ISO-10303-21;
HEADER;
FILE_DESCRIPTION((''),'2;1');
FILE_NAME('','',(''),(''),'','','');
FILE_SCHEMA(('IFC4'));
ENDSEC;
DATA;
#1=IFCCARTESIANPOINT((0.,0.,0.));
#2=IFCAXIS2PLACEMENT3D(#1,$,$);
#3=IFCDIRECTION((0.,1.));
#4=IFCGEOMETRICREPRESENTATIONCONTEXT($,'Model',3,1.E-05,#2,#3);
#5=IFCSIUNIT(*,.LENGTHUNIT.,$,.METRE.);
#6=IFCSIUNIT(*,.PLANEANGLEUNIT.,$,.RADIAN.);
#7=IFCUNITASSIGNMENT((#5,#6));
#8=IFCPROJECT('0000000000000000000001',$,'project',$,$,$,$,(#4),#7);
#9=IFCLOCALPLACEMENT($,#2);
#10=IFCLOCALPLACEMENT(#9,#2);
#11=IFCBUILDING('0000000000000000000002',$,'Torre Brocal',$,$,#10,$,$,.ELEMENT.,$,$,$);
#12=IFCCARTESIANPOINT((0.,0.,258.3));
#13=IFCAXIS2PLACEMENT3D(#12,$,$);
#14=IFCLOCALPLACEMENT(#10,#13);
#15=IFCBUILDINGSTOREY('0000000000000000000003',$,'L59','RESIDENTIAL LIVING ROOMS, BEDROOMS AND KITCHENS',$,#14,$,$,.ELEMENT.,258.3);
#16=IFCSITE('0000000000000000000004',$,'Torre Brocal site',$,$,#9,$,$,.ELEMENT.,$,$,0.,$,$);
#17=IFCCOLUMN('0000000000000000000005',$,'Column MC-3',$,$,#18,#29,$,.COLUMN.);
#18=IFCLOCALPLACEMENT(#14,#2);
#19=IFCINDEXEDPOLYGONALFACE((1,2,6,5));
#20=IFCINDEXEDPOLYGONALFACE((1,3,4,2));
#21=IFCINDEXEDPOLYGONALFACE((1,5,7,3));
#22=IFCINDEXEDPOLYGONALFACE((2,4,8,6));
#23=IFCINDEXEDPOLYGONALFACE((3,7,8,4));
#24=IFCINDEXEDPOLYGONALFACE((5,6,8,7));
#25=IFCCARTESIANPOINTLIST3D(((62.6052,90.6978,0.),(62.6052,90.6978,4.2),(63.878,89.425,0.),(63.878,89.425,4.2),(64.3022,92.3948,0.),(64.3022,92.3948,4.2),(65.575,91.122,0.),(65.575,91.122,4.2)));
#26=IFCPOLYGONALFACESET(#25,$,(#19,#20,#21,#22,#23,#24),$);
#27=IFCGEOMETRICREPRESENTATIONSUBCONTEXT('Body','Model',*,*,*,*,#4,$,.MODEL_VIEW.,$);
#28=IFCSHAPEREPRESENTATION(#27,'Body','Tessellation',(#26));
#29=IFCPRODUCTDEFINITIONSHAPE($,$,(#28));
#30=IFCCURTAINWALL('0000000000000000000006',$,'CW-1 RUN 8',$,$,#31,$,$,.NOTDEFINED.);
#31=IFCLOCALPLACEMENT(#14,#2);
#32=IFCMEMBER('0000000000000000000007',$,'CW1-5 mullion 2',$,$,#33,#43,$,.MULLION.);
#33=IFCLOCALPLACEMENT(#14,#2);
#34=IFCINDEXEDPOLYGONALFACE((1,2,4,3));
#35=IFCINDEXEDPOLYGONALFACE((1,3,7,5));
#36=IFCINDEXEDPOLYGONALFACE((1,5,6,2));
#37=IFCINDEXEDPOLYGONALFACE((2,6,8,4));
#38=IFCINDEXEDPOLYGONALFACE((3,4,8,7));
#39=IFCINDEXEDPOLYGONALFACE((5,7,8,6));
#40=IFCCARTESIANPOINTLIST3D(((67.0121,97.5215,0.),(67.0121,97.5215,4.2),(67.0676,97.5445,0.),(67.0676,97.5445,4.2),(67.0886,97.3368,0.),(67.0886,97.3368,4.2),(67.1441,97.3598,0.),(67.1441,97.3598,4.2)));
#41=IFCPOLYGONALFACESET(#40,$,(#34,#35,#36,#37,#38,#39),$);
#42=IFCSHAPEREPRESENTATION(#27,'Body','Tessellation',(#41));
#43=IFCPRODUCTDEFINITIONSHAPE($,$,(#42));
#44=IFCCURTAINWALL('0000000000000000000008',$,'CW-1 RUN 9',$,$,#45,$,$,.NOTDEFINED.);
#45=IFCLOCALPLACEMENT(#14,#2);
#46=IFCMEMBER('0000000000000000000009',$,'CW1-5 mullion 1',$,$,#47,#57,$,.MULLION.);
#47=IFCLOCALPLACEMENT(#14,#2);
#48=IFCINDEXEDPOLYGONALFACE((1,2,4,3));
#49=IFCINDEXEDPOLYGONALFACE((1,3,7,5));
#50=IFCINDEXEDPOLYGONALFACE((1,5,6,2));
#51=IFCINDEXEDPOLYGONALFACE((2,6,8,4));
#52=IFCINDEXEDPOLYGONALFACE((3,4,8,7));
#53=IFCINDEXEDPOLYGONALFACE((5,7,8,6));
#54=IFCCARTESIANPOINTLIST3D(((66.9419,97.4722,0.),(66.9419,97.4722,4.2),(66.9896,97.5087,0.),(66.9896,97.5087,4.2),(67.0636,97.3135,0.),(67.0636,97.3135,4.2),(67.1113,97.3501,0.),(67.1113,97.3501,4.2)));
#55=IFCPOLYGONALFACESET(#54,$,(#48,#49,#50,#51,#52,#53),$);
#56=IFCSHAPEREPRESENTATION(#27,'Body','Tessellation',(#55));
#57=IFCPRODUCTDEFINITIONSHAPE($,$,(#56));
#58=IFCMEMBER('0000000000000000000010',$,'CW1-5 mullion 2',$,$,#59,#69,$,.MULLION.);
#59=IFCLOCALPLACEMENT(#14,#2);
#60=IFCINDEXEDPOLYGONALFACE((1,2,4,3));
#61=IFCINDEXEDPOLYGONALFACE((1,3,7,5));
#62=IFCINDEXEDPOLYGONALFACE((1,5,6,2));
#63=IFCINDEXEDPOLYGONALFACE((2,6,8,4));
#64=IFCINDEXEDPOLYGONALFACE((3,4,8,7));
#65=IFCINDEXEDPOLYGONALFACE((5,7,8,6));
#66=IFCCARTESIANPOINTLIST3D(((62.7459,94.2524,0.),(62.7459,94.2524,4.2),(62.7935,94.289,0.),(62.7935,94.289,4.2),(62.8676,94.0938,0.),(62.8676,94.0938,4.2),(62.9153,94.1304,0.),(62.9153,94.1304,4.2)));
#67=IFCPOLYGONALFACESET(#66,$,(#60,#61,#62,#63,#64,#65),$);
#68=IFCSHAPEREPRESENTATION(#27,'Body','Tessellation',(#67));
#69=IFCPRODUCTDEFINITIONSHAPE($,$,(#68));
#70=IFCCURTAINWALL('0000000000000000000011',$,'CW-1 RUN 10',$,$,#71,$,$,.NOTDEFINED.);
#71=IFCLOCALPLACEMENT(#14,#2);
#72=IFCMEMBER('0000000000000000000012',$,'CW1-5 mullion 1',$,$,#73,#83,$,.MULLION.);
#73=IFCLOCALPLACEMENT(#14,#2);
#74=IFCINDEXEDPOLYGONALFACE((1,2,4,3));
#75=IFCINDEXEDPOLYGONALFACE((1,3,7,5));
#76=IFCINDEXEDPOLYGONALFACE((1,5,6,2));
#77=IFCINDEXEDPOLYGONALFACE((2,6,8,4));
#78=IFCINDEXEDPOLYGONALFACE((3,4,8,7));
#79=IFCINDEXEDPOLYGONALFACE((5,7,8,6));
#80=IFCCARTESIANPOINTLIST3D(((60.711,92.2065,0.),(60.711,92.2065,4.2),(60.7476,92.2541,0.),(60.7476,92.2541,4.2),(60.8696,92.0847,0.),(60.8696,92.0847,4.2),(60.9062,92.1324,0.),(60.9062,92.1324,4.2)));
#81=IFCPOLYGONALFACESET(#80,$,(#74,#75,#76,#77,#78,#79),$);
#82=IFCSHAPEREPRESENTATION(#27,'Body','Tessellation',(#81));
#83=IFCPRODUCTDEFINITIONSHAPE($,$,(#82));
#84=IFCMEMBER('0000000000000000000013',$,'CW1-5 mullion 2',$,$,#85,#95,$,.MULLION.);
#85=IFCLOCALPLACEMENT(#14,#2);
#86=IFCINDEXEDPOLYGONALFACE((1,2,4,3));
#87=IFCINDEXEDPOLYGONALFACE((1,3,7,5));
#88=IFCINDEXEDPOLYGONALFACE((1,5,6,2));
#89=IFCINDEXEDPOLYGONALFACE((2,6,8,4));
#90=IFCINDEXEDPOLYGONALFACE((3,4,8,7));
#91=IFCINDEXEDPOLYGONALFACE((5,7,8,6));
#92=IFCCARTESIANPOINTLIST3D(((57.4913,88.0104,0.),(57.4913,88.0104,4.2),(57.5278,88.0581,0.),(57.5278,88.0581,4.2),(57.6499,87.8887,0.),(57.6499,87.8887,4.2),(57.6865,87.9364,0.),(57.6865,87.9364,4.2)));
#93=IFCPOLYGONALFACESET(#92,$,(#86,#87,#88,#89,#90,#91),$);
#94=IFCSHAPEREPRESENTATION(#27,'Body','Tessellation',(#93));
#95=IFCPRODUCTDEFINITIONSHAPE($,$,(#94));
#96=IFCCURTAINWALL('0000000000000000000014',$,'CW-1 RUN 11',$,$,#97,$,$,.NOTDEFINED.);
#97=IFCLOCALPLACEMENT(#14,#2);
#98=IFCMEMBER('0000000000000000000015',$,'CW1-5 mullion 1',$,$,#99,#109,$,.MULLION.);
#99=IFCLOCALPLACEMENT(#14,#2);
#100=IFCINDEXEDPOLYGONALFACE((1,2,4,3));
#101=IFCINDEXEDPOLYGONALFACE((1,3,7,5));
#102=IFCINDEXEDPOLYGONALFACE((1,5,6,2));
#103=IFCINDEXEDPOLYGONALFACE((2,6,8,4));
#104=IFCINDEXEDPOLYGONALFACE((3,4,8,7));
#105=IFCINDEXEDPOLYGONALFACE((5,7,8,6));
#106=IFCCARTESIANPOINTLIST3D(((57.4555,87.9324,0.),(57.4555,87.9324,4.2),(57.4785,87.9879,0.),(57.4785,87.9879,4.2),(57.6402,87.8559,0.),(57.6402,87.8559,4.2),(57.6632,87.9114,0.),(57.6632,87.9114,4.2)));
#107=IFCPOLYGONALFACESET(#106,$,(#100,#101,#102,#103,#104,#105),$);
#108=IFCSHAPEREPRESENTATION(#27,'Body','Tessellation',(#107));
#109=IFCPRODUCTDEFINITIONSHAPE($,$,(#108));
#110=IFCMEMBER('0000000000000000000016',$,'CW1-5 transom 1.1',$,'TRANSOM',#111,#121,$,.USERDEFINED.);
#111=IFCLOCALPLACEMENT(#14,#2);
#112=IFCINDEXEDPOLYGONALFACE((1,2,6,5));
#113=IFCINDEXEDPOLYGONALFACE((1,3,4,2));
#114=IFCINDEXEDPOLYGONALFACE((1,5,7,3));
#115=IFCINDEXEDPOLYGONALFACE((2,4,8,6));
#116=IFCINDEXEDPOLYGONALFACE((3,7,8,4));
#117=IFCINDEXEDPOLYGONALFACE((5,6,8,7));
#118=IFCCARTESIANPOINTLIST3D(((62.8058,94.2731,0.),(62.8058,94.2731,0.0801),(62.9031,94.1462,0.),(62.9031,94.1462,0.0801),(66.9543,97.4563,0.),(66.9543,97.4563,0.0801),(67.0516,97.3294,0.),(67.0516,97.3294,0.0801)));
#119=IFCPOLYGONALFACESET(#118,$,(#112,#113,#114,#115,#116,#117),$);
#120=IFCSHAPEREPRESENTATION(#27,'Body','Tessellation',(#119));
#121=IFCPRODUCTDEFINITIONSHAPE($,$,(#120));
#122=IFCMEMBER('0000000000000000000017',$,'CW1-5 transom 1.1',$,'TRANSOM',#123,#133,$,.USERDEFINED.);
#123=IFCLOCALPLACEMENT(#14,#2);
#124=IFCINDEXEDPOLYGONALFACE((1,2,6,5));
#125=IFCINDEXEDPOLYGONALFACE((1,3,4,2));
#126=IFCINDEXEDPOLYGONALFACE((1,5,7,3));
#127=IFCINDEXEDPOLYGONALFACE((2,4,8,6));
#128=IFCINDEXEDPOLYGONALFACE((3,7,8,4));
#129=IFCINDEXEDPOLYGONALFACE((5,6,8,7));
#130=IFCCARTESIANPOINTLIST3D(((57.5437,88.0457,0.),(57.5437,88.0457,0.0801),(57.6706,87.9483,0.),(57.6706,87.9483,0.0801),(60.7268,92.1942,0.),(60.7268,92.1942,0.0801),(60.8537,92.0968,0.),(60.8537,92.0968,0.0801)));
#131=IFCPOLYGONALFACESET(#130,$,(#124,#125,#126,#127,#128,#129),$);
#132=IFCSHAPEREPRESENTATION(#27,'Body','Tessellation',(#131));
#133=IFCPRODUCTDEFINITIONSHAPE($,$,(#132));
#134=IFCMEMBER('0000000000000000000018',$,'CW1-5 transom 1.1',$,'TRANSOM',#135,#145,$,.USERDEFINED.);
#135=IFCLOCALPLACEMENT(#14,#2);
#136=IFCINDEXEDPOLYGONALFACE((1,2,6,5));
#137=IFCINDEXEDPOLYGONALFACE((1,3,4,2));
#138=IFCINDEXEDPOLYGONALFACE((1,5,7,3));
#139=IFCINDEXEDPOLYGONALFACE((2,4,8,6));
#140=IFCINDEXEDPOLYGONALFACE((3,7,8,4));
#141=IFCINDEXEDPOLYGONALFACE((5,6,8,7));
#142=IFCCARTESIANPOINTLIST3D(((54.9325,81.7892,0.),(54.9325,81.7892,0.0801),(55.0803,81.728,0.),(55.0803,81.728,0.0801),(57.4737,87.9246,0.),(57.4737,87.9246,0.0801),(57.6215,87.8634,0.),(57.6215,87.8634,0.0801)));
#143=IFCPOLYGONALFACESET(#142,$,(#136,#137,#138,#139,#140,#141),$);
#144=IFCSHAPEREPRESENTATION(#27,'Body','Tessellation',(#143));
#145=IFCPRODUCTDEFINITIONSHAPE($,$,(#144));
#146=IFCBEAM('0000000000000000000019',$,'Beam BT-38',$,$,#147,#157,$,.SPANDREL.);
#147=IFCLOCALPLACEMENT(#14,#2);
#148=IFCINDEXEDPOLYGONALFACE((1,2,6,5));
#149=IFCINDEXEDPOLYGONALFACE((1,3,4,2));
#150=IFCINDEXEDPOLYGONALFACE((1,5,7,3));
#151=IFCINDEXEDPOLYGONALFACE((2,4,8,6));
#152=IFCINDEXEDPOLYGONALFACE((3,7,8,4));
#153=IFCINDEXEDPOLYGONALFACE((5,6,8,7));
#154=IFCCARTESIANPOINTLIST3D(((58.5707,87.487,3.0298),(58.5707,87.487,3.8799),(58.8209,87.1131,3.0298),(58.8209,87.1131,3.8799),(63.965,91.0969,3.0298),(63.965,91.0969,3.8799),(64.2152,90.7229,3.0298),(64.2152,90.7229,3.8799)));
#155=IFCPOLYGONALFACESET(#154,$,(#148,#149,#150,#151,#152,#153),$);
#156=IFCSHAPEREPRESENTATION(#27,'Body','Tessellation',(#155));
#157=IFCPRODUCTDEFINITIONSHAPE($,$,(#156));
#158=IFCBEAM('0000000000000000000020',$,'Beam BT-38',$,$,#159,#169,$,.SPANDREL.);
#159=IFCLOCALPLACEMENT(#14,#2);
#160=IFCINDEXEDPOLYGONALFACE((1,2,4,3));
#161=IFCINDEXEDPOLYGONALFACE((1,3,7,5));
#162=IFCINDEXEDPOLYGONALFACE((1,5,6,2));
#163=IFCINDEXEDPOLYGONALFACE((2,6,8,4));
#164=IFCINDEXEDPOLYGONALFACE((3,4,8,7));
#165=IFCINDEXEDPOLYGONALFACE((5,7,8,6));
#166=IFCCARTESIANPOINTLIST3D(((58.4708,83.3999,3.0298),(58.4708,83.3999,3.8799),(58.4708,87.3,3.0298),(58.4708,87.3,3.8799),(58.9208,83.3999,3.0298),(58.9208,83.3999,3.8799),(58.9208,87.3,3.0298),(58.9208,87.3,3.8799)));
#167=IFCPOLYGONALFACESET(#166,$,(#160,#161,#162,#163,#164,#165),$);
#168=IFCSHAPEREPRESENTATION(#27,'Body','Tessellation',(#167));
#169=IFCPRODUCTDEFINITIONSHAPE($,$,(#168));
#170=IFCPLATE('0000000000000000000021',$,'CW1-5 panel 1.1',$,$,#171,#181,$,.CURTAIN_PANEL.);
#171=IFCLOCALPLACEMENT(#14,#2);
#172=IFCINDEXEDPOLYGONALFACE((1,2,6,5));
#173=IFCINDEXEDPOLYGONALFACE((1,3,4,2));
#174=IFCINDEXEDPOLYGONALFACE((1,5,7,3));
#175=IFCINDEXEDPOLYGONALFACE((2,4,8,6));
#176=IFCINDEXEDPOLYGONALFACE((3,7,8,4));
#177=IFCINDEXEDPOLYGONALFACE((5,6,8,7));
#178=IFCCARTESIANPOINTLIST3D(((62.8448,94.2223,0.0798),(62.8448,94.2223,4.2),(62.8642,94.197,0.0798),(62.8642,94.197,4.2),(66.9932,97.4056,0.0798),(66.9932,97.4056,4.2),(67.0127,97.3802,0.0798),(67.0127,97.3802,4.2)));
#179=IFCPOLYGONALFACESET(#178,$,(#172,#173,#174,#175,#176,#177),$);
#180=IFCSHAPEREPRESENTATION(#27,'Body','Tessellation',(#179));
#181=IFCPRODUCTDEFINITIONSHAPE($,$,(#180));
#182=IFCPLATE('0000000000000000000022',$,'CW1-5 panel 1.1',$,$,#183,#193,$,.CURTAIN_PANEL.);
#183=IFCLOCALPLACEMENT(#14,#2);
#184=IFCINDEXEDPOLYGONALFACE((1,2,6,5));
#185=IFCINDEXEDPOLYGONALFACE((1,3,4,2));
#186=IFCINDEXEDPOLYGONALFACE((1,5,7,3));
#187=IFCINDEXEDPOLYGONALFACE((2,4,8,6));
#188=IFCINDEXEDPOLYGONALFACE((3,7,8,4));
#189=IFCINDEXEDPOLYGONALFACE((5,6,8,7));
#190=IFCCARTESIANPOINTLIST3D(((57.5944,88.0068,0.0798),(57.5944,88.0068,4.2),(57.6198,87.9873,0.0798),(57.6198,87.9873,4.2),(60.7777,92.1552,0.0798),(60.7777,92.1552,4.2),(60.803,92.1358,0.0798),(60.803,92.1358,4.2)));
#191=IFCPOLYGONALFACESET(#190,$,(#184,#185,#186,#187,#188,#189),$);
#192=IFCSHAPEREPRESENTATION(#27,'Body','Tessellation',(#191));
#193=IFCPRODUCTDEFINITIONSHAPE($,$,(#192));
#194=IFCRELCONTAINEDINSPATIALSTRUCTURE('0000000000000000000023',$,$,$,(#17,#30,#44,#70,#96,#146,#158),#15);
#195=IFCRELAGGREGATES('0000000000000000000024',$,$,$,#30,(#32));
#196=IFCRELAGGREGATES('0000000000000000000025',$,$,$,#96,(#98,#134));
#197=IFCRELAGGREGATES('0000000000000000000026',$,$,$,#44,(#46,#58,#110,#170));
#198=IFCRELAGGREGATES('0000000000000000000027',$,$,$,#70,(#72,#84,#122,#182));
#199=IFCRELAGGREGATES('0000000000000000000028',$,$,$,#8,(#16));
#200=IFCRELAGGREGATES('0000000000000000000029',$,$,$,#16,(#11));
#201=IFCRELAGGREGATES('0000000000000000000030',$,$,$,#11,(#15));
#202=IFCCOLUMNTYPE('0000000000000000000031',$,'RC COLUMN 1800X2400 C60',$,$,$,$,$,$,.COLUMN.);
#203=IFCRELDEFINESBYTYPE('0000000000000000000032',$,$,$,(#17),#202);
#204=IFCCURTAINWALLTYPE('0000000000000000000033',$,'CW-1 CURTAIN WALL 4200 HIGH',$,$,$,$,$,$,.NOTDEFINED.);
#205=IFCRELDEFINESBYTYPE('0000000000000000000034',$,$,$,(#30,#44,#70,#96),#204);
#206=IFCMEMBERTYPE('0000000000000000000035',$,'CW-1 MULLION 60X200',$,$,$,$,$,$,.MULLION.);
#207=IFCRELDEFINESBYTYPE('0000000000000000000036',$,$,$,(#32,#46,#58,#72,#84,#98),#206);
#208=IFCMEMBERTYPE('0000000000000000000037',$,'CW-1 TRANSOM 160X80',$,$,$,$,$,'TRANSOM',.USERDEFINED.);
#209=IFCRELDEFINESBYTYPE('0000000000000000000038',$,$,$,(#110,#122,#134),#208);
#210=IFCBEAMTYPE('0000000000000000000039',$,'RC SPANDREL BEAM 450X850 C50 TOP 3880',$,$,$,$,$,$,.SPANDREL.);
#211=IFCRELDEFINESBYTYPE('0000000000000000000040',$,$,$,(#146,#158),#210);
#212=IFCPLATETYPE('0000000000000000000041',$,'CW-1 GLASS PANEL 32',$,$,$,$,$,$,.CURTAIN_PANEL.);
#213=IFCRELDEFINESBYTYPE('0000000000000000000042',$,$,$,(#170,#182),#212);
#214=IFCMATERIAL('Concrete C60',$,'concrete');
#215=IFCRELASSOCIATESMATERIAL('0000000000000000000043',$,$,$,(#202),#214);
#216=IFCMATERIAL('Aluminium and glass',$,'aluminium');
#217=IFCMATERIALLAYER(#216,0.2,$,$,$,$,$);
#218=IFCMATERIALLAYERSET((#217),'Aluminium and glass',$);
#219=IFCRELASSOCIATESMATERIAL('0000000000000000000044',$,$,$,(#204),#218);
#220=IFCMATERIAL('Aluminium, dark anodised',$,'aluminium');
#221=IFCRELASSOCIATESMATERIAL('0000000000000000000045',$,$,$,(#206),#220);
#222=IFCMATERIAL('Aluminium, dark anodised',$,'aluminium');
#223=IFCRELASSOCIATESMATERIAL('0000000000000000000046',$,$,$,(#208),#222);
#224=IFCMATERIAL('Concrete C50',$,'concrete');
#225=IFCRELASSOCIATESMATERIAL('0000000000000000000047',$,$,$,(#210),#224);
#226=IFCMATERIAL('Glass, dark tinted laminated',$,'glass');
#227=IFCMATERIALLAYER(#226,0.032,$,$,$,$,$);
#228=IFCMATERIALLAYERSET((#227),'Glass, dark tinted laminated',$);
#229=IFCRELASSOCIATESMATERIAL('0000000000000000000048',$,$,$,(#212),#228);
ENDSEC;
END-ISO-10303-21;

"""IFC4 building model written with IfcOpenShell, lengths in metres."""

from ifc_helpers import new_model, si_unit, direction, frame, origin, origin_2d, place, context, subcontext, project, spatial, rectangle, extrude, material, layer, layer_set, material_profile, profile_set, type_object, element, aggregate, save


model = new_model("IFC4")

# Units and contexts
model_context = context("Model", 3, precision=1e-05, world=origin(), true_north=direction((0.0, 1.0)))
body_context = subcontext(model_context, "Body", "Model", "MODEL_VIEW")
ifc_project = project(units=[si_unit("LENGTHUNIT", "METRE"), si_unit("PLANEANGLEUNIT", "RADIAN")], contexts=[model_context])

# Site, building, storey
site_placement = place(None, origin())
site = spatial("IfcSite", under=ifc_project, at=site_placement, Name="Torre Brocal site", CompositionType="ELEMENT", RefElevation=0.0)
building_placement = place(site_placement, origin())
building = spatial("IfcBuilding", under=site, at=building_placement, Name="Torre Brocal", CompositionType="ELEMENT")
storey_placement = place(building_placement, frame((0.0, 0.0, 258.3)))
storey = spatial("IfcBuildingStorey", under=building, at=storey_placement, Name="L59", Description="RESIDENTIAL LIVING ROOMS, BEDROOMS AND KITCHENS", CompositionType="ELEMENT", Elevation=258.3)

# Column
ifc_material_1 = material(Name="Concrete C60", Category="concrete")
ifc_material_profile_1 = material_profile(ifc_material_1, rectangle(XDim=1.8, YDim=2.3999, at=origin_2d()), Name="RC 1800X2400")
ifc_profile_set_1 = profile_set([ifc_material_profile_1], Name="Concrete C60")
column_type = type_object("IfcColumnType", Name="RC COLUMN 1800X2400 C60", PredefinedType="COLUMN", material=ifc_profile_set_1)
column_placement = place(storey_placement, frame((64.0901, 90.9099, 0.0), z_axis=(0.0, 0.0, 1.0), x_axis=(-0.707107, 0.707107, 0.0)))
element("IfcColumn", 1, at=column_placement, inside=storey, type_object=column_type, Name="Column MC-3", PredefinedType="COLUMN", context=body_context, shape_type="SweptSolid", body=[
    extrude(rectangle(XDim=1.8, YDim=2.3999, at=origin_2d()), origin(), (0.0, 0.0, 1.0), 4.2),
])

# Curtain wall, member
ifc_material_2 = material(Name="Aluminium and glass", Category="aluminium")
ifc_layer_1 = layer(ifc_material_2, 0.2)
ifc_layer_set_1 = layer_set([ifc_layer_1], Name="Aluminium and glass")
curtain_wall_type = type_object("IfcCurtainWallType", Name="CW-1 CURTAIN WALL 4200 HIGH", PredefinedType="NOTDEFINED", material=ifc_layer_set_1)
curtain_wall_1_placement = place(storey_placement, origin())
curtain_wall_1 = element("IfcCurtainWall", 2, at=curtain_wall_1_placement, inside=storey, type_object=curtain_wall_type, Name="CW-1 RUN 8", PredefinedType="NOTDEFINED")
ifc_material_3 = material(Name="Aluminium, dark anodised", Category="aluminium")
ifc_material_profile_2 = material_profile(ifc_material_3, rectangle(XDim=0.2, YDim=0.0601, at=origin_2d()), Name="CW-1 MULLION 60X200")
ifc_profile_set_2 = profile_set([ifc_material_profile_2], Name="Aluminium, dark anodised")
member_type_1 = type_object("IfcMemberType", Name="CW-1 MULLION 60X200", PredefinedType="MULLION", material=ifc_profile_set_2)
member_1_placement = place(storey_placement, frame((67.0781, 97.4407, 0.0), z_axis=(0.0, 0.0, 1.0), x_axis=(0.382683, -0.92388, 0.0)))
member_1 = element("IfcMember", 3, at=member_1_placement, type_object=member_type_1, Name="CW1-5 mullion 2", PredefinedType="MULLION", context=body_context, shape_type="SweptSolid", body=[
    extrude(rectangle(XDim=0.2, YDim=0.0601, at=origin_2d()), origin(), (0.0, 0.0, 1.0), 4.2),
])
aggregate(curtain_wall_1, [member_1])

# Curtain walls, members
curtain_wall_2_placement = place(storey_placement, origin())
curtain_wall_2 = element("IfcCurtainWall", 4, at=curtain_wall_2_placement, inside=storey, type_object=curtain_wall_type, Name="CW-1 RUN 9", PredefinedType="NOTDEFINED")
member_2_placement = place(storey_placement, frame((67.0266, 97.4111, 0.0), z_axis=(0.0, 0.0, 1.0), x_axis=(0.608761, -0.793353, 0.0)))
member_2 = element("IfcMember", 5, at=member_2_placement, type_object=member_type_1, Name="CW1-5 mullion 1", PredefinedType="MULLION", context=body_context, shape_type="SweptSolid", body=[
    extrude(rectangle(XDim=0.2, YDim=0.0601, at=origin_2d()), origin(), (0.0, 0.0, 1.0), 4.2),
])
member_3_placement = place(storey_placement, frame((62.8306, 94.1914, 0.0), z_axis=(0.0, 0.0, 1.0), x_axis=(0.608761, -0.793353, 0.0)))
member_3 = element("IfcMember", 6, at=member_3_placement, type_object=member_type_1, Name="CW1-5 mullion 2", PredefinedType="MULLION", context=body_context, shape_type="SweptSolid", body=[
    extrude(rectangle(XDim=0.2, YDim=0.0601, at=origin_2d()), origin(), (0.0, 0.0, 1.0), 4.2),
])
curtain_wall_3_placement = place(storey_placement, origin())
curtain_wall_3 = element("IfcCurtainWall", 7, at=curtain_wall_3_placement, inside=storey, type_object=curtain_wall_type, Name="CW-1 RUN 10", PredefinedType="NOTDEFINED")
member_4_placement = place(storey_placement, frame((60.8086, 92.1694, 0.0), z_axis=(0.0, 0.0, 1.0), x_axis=(0.793353, -0.608761, 0.0)))
member_4 = element("IfcMember", 8, at=member_4_placement, type_object=member_type_1, Name="CW1-5 mullion 1", PredefinedType="MULLION", context=body_context, shape_type="SweptSolid", body=[
    extrude(rectangle(XDim=0.2, YDim=0.0601, at=origin_2d()), origin(), (0.0, 0.0, 1.0), 4.2),
])
member_5_placement = place(storey_placement, frame((57.5889, 87.9734, 0.0), z_axis=(0.0, 0.0, 1.0), x_axis=(0.793353, -0.608761, 0.0)))
member_5 = element("IfcMember", 9, at=member_5_placement, type_object=member_type_1, Name="CW1-5 mullion 2", PredefinedType="MULLION", context=body_context, shape_type="SweptSolid", body=[
    extrude(rectangle(XDim=0.2, YDim=0.0601, at=origin_2d()), origin(), (0.0, 0.0, 1.0), 4.2),
])

# Curtain wall, member
curtain_wall_4_placement = place(storey_placement, origin())
curtain_wall_4 = element("IfcCurtainWall", 10, at=curtain_wall_4_placement, inside=storey, type_object=curtain_wall_type, Name="CW-1 RUN 11", PredefinedType="NOTDEFINED")
member_6_placement = place(storey_placement, frame((57.5593, 87.9219, 0.0), z_axis=(0.0, 0.0, 1.0), x_axis=(0.92388, -0.382683, 0.0)))
member_6 = element("IfcMember", 11, at=member_6_placement, type_object=member_type_1, Name="CW1-5 mullion 1", PredefinedType="MULLION", context=body_context, shape_type="SweptSolid", body=[
    extrude(rectangle(XDim=0.2, YDim=0.0601, at=origin_2d()), origin(), (0.0, 0.0, 1.0), 4.2),
])

# Members
ifc_material_4 = material(Name="Aluminium, dark anodised", Category="aluminium")
ifc_material_profile_3 = material_profile(ifc_material_4, rectangle(XDim=0.1599, YDim=0.0801, at=origin_2d()), Name="CW-1 TRANSOM 160X80")
ifc_profile_set_3 = profile_set([ifc_material_profile_3], Name="Aluminium, dark anodised")
member_type_2 = type_object("IfcMemberType", Name="CW-1 TRANSOM 160X80", ElementType="TRANSOM", PredefinedType="USERDEFINED", material=ifc_profile_set_3)
member_7_placement = place(storey_placement, frame((67.0029, 97.3928, 0.04), z_axis=(-0.793363, -0.608749, 0.0), x_axis=(0.608749, -0.793363, 0.0)))
member_7 = element("IfcMember", 12, at=member_7_placement, type_object=member_type_2, Name="CW1-5 transom 1.1", ObjectType="TRANSOM", PredefinedType="USERDEFINED", context=body_context, shape_type="SweptSolid", body=[
    extrude(rectangle(XDim=0.1599, YDim=0.0801, at=origin_2d()), origin(), (0.0, 0.0, 1.0), 5.229),
])
member_8_placement = place(storey_placement, frame((60.7903, 92.1455, 0.04), z_axis=(-0.608749, -0.793363, 0.0), x_axis=(0.793363, -0.608749, 0.0)))
member_8 = element("IfcMember", 13, at=member_8_placement, type_object=member_type_2, Name="CW1-5 transom 1.1", ObjectType="TRANSOM", PredefinedType="USERDEFINED", context=body_context, shape_type="SweptSolid", body=[
    extrude(rectangle(XDim=0.1599, YDim=0.0801, at=origin_2d()), origin(), (0.0, 0.0, 1.0), 5.229),
])
member_9_placement = place(storey_placement, frame((57.5476, 87.894, 0.04), z_axis=(-0.382665, -0.923887, 0.0), x_axis=(0.923887, -0.382665, 0.0)))
member_9 = element("IfcMember", 14, at=member_9_placement, type_object=member_type_2, Name="CW1-5 transom 1.1", ObjectType="TRANSOM", PredefinedType="USERDEFINED", context=body_context, shape_type="SweptSolid", body=[
    extrude(rectangle(XDim=0.1599, YDim=0.0801, at=origin_2d()), origin(), (0.0, 0.0, 1.0), 6.6409),
])
aggregate(curtain_wall_4, [member_6, member_9])

# Beams
ifc_material_5 = material(Name="Concrete C50", Category="concrete")
ifc_material_profile_4 = material_profile(ifc_material_5, rectangle(XDim=0.45, YDim=0.8501, at=origin_2d()), Name="RC 450X850")
ifc_profile_set_4 = profile_set([ifc_material_profile_4], Name="Concrete C50")
beam_type = type_object("IfcBeamType", Name="RC SPANDREL BEAM 450X850 C50 TOP 3880", PredefinedType="SPANDREL", material=ifc_profile_set_4)
beam_1_placement = place(storey_placement, frame((64.0901, 90.9099, 3.4548), z_axis=(-0.831077, -0.556158, 0.0), x_axis=(0.556158, -0.831077, 0.0)))
element("IfcBeam", 15, at=beam_1_placement, inside=storey, type_object=beam_type, Name="Beam BT-38", PredefinedType="SPANDREL", context=body_context, shape_type="SweptSolid", body=[
    extrude(rectangle(XDim=0.45, YDim=0.8501, at=origin_2d()), origin(), (0.0, 0.0, 1.0), 6.4907),
])
beam_2_placement = place(storey_placement, frame((58.6958, 87.3, 3.4548), z_axis=(0.0, -1.0, 0.0), x_axis=(1.0, 0.0, 0.0)))
element("IfcBeam", 16, at=beam_2_placement, inside=storey, type_object=beam_type, Name="Beam BT-38", PredefinedType="SPANDREL", context=body_context, shape_type="SweptSolid", body=[
    extrude(rectangle(XDim=0.45, YDim=0.8501, at=origin_2d()), origin(), (0.0, 0.0, 1.0), 3.9001),
])

# Plates
ifc_material_6 = material(Name="Glass, dark tinted laminated", Category="glass")
ifc_layer_2 = layer(ifc_material_6, 0.032)
ifc_layer_set_2 = layer_set([ifc_layer_2], Name="Glass, dark tinted laminated")
plate_type = type_object("IfcPlateType", Name="CW-1 GLASS PANEL 32", PredefinedType="CURTAIN_PANEL", material=ifc_layer_set_2)
plate_1_placement = place(storey_placement, frame((64.9287, 95.8013, 0.0798), z_axis=(0.0, 0.0, 1.0), x_axis=(-0.793353, -0.608761, 0.0)))
plate_1 = element("IfcPlate", 17, at=plate_1_placement, type_object=plate_type, Name="CW1-5 panel 1.1", PredefinedType="CURTAIN_PANEL", context=body_context, shape_type="SweptSolid", body=[
    extrude(rectangle(XDim=5.229, YDim=0.032, at=origin_2d()), origin(), (0.0, 0.0, 1.0), 4.1201),
])
aggregate(curtain_wall_2, [member_2, member_3, member_7, plate_1])
plate_2_placement = place(storey_placement, frame((59.1987, 90.0713, 0.0798), z_axis=(0.0, 0.0, 1.0), x_axis=(-0.608761, -0.793353, 0.0)))
plate_2 = element("IfcPlate", 18, at=plate_2_placement, type_object=plate_type, Name="CW1-5 panel 1.1", PredefinedType="CURTAIN_PANEL", context=body_context, shape_type="SweptSolid", body=[
    extrude(rectangle(XDim=5.229, YDim=0.032, at=origin_2d()), origin(), (0.0, 0.0, 1.0), 4.1201),
])
aggregate(curtain_wall_3, [member_4, member_5, member_8, plate_2])

save(model, "model.ifc")
